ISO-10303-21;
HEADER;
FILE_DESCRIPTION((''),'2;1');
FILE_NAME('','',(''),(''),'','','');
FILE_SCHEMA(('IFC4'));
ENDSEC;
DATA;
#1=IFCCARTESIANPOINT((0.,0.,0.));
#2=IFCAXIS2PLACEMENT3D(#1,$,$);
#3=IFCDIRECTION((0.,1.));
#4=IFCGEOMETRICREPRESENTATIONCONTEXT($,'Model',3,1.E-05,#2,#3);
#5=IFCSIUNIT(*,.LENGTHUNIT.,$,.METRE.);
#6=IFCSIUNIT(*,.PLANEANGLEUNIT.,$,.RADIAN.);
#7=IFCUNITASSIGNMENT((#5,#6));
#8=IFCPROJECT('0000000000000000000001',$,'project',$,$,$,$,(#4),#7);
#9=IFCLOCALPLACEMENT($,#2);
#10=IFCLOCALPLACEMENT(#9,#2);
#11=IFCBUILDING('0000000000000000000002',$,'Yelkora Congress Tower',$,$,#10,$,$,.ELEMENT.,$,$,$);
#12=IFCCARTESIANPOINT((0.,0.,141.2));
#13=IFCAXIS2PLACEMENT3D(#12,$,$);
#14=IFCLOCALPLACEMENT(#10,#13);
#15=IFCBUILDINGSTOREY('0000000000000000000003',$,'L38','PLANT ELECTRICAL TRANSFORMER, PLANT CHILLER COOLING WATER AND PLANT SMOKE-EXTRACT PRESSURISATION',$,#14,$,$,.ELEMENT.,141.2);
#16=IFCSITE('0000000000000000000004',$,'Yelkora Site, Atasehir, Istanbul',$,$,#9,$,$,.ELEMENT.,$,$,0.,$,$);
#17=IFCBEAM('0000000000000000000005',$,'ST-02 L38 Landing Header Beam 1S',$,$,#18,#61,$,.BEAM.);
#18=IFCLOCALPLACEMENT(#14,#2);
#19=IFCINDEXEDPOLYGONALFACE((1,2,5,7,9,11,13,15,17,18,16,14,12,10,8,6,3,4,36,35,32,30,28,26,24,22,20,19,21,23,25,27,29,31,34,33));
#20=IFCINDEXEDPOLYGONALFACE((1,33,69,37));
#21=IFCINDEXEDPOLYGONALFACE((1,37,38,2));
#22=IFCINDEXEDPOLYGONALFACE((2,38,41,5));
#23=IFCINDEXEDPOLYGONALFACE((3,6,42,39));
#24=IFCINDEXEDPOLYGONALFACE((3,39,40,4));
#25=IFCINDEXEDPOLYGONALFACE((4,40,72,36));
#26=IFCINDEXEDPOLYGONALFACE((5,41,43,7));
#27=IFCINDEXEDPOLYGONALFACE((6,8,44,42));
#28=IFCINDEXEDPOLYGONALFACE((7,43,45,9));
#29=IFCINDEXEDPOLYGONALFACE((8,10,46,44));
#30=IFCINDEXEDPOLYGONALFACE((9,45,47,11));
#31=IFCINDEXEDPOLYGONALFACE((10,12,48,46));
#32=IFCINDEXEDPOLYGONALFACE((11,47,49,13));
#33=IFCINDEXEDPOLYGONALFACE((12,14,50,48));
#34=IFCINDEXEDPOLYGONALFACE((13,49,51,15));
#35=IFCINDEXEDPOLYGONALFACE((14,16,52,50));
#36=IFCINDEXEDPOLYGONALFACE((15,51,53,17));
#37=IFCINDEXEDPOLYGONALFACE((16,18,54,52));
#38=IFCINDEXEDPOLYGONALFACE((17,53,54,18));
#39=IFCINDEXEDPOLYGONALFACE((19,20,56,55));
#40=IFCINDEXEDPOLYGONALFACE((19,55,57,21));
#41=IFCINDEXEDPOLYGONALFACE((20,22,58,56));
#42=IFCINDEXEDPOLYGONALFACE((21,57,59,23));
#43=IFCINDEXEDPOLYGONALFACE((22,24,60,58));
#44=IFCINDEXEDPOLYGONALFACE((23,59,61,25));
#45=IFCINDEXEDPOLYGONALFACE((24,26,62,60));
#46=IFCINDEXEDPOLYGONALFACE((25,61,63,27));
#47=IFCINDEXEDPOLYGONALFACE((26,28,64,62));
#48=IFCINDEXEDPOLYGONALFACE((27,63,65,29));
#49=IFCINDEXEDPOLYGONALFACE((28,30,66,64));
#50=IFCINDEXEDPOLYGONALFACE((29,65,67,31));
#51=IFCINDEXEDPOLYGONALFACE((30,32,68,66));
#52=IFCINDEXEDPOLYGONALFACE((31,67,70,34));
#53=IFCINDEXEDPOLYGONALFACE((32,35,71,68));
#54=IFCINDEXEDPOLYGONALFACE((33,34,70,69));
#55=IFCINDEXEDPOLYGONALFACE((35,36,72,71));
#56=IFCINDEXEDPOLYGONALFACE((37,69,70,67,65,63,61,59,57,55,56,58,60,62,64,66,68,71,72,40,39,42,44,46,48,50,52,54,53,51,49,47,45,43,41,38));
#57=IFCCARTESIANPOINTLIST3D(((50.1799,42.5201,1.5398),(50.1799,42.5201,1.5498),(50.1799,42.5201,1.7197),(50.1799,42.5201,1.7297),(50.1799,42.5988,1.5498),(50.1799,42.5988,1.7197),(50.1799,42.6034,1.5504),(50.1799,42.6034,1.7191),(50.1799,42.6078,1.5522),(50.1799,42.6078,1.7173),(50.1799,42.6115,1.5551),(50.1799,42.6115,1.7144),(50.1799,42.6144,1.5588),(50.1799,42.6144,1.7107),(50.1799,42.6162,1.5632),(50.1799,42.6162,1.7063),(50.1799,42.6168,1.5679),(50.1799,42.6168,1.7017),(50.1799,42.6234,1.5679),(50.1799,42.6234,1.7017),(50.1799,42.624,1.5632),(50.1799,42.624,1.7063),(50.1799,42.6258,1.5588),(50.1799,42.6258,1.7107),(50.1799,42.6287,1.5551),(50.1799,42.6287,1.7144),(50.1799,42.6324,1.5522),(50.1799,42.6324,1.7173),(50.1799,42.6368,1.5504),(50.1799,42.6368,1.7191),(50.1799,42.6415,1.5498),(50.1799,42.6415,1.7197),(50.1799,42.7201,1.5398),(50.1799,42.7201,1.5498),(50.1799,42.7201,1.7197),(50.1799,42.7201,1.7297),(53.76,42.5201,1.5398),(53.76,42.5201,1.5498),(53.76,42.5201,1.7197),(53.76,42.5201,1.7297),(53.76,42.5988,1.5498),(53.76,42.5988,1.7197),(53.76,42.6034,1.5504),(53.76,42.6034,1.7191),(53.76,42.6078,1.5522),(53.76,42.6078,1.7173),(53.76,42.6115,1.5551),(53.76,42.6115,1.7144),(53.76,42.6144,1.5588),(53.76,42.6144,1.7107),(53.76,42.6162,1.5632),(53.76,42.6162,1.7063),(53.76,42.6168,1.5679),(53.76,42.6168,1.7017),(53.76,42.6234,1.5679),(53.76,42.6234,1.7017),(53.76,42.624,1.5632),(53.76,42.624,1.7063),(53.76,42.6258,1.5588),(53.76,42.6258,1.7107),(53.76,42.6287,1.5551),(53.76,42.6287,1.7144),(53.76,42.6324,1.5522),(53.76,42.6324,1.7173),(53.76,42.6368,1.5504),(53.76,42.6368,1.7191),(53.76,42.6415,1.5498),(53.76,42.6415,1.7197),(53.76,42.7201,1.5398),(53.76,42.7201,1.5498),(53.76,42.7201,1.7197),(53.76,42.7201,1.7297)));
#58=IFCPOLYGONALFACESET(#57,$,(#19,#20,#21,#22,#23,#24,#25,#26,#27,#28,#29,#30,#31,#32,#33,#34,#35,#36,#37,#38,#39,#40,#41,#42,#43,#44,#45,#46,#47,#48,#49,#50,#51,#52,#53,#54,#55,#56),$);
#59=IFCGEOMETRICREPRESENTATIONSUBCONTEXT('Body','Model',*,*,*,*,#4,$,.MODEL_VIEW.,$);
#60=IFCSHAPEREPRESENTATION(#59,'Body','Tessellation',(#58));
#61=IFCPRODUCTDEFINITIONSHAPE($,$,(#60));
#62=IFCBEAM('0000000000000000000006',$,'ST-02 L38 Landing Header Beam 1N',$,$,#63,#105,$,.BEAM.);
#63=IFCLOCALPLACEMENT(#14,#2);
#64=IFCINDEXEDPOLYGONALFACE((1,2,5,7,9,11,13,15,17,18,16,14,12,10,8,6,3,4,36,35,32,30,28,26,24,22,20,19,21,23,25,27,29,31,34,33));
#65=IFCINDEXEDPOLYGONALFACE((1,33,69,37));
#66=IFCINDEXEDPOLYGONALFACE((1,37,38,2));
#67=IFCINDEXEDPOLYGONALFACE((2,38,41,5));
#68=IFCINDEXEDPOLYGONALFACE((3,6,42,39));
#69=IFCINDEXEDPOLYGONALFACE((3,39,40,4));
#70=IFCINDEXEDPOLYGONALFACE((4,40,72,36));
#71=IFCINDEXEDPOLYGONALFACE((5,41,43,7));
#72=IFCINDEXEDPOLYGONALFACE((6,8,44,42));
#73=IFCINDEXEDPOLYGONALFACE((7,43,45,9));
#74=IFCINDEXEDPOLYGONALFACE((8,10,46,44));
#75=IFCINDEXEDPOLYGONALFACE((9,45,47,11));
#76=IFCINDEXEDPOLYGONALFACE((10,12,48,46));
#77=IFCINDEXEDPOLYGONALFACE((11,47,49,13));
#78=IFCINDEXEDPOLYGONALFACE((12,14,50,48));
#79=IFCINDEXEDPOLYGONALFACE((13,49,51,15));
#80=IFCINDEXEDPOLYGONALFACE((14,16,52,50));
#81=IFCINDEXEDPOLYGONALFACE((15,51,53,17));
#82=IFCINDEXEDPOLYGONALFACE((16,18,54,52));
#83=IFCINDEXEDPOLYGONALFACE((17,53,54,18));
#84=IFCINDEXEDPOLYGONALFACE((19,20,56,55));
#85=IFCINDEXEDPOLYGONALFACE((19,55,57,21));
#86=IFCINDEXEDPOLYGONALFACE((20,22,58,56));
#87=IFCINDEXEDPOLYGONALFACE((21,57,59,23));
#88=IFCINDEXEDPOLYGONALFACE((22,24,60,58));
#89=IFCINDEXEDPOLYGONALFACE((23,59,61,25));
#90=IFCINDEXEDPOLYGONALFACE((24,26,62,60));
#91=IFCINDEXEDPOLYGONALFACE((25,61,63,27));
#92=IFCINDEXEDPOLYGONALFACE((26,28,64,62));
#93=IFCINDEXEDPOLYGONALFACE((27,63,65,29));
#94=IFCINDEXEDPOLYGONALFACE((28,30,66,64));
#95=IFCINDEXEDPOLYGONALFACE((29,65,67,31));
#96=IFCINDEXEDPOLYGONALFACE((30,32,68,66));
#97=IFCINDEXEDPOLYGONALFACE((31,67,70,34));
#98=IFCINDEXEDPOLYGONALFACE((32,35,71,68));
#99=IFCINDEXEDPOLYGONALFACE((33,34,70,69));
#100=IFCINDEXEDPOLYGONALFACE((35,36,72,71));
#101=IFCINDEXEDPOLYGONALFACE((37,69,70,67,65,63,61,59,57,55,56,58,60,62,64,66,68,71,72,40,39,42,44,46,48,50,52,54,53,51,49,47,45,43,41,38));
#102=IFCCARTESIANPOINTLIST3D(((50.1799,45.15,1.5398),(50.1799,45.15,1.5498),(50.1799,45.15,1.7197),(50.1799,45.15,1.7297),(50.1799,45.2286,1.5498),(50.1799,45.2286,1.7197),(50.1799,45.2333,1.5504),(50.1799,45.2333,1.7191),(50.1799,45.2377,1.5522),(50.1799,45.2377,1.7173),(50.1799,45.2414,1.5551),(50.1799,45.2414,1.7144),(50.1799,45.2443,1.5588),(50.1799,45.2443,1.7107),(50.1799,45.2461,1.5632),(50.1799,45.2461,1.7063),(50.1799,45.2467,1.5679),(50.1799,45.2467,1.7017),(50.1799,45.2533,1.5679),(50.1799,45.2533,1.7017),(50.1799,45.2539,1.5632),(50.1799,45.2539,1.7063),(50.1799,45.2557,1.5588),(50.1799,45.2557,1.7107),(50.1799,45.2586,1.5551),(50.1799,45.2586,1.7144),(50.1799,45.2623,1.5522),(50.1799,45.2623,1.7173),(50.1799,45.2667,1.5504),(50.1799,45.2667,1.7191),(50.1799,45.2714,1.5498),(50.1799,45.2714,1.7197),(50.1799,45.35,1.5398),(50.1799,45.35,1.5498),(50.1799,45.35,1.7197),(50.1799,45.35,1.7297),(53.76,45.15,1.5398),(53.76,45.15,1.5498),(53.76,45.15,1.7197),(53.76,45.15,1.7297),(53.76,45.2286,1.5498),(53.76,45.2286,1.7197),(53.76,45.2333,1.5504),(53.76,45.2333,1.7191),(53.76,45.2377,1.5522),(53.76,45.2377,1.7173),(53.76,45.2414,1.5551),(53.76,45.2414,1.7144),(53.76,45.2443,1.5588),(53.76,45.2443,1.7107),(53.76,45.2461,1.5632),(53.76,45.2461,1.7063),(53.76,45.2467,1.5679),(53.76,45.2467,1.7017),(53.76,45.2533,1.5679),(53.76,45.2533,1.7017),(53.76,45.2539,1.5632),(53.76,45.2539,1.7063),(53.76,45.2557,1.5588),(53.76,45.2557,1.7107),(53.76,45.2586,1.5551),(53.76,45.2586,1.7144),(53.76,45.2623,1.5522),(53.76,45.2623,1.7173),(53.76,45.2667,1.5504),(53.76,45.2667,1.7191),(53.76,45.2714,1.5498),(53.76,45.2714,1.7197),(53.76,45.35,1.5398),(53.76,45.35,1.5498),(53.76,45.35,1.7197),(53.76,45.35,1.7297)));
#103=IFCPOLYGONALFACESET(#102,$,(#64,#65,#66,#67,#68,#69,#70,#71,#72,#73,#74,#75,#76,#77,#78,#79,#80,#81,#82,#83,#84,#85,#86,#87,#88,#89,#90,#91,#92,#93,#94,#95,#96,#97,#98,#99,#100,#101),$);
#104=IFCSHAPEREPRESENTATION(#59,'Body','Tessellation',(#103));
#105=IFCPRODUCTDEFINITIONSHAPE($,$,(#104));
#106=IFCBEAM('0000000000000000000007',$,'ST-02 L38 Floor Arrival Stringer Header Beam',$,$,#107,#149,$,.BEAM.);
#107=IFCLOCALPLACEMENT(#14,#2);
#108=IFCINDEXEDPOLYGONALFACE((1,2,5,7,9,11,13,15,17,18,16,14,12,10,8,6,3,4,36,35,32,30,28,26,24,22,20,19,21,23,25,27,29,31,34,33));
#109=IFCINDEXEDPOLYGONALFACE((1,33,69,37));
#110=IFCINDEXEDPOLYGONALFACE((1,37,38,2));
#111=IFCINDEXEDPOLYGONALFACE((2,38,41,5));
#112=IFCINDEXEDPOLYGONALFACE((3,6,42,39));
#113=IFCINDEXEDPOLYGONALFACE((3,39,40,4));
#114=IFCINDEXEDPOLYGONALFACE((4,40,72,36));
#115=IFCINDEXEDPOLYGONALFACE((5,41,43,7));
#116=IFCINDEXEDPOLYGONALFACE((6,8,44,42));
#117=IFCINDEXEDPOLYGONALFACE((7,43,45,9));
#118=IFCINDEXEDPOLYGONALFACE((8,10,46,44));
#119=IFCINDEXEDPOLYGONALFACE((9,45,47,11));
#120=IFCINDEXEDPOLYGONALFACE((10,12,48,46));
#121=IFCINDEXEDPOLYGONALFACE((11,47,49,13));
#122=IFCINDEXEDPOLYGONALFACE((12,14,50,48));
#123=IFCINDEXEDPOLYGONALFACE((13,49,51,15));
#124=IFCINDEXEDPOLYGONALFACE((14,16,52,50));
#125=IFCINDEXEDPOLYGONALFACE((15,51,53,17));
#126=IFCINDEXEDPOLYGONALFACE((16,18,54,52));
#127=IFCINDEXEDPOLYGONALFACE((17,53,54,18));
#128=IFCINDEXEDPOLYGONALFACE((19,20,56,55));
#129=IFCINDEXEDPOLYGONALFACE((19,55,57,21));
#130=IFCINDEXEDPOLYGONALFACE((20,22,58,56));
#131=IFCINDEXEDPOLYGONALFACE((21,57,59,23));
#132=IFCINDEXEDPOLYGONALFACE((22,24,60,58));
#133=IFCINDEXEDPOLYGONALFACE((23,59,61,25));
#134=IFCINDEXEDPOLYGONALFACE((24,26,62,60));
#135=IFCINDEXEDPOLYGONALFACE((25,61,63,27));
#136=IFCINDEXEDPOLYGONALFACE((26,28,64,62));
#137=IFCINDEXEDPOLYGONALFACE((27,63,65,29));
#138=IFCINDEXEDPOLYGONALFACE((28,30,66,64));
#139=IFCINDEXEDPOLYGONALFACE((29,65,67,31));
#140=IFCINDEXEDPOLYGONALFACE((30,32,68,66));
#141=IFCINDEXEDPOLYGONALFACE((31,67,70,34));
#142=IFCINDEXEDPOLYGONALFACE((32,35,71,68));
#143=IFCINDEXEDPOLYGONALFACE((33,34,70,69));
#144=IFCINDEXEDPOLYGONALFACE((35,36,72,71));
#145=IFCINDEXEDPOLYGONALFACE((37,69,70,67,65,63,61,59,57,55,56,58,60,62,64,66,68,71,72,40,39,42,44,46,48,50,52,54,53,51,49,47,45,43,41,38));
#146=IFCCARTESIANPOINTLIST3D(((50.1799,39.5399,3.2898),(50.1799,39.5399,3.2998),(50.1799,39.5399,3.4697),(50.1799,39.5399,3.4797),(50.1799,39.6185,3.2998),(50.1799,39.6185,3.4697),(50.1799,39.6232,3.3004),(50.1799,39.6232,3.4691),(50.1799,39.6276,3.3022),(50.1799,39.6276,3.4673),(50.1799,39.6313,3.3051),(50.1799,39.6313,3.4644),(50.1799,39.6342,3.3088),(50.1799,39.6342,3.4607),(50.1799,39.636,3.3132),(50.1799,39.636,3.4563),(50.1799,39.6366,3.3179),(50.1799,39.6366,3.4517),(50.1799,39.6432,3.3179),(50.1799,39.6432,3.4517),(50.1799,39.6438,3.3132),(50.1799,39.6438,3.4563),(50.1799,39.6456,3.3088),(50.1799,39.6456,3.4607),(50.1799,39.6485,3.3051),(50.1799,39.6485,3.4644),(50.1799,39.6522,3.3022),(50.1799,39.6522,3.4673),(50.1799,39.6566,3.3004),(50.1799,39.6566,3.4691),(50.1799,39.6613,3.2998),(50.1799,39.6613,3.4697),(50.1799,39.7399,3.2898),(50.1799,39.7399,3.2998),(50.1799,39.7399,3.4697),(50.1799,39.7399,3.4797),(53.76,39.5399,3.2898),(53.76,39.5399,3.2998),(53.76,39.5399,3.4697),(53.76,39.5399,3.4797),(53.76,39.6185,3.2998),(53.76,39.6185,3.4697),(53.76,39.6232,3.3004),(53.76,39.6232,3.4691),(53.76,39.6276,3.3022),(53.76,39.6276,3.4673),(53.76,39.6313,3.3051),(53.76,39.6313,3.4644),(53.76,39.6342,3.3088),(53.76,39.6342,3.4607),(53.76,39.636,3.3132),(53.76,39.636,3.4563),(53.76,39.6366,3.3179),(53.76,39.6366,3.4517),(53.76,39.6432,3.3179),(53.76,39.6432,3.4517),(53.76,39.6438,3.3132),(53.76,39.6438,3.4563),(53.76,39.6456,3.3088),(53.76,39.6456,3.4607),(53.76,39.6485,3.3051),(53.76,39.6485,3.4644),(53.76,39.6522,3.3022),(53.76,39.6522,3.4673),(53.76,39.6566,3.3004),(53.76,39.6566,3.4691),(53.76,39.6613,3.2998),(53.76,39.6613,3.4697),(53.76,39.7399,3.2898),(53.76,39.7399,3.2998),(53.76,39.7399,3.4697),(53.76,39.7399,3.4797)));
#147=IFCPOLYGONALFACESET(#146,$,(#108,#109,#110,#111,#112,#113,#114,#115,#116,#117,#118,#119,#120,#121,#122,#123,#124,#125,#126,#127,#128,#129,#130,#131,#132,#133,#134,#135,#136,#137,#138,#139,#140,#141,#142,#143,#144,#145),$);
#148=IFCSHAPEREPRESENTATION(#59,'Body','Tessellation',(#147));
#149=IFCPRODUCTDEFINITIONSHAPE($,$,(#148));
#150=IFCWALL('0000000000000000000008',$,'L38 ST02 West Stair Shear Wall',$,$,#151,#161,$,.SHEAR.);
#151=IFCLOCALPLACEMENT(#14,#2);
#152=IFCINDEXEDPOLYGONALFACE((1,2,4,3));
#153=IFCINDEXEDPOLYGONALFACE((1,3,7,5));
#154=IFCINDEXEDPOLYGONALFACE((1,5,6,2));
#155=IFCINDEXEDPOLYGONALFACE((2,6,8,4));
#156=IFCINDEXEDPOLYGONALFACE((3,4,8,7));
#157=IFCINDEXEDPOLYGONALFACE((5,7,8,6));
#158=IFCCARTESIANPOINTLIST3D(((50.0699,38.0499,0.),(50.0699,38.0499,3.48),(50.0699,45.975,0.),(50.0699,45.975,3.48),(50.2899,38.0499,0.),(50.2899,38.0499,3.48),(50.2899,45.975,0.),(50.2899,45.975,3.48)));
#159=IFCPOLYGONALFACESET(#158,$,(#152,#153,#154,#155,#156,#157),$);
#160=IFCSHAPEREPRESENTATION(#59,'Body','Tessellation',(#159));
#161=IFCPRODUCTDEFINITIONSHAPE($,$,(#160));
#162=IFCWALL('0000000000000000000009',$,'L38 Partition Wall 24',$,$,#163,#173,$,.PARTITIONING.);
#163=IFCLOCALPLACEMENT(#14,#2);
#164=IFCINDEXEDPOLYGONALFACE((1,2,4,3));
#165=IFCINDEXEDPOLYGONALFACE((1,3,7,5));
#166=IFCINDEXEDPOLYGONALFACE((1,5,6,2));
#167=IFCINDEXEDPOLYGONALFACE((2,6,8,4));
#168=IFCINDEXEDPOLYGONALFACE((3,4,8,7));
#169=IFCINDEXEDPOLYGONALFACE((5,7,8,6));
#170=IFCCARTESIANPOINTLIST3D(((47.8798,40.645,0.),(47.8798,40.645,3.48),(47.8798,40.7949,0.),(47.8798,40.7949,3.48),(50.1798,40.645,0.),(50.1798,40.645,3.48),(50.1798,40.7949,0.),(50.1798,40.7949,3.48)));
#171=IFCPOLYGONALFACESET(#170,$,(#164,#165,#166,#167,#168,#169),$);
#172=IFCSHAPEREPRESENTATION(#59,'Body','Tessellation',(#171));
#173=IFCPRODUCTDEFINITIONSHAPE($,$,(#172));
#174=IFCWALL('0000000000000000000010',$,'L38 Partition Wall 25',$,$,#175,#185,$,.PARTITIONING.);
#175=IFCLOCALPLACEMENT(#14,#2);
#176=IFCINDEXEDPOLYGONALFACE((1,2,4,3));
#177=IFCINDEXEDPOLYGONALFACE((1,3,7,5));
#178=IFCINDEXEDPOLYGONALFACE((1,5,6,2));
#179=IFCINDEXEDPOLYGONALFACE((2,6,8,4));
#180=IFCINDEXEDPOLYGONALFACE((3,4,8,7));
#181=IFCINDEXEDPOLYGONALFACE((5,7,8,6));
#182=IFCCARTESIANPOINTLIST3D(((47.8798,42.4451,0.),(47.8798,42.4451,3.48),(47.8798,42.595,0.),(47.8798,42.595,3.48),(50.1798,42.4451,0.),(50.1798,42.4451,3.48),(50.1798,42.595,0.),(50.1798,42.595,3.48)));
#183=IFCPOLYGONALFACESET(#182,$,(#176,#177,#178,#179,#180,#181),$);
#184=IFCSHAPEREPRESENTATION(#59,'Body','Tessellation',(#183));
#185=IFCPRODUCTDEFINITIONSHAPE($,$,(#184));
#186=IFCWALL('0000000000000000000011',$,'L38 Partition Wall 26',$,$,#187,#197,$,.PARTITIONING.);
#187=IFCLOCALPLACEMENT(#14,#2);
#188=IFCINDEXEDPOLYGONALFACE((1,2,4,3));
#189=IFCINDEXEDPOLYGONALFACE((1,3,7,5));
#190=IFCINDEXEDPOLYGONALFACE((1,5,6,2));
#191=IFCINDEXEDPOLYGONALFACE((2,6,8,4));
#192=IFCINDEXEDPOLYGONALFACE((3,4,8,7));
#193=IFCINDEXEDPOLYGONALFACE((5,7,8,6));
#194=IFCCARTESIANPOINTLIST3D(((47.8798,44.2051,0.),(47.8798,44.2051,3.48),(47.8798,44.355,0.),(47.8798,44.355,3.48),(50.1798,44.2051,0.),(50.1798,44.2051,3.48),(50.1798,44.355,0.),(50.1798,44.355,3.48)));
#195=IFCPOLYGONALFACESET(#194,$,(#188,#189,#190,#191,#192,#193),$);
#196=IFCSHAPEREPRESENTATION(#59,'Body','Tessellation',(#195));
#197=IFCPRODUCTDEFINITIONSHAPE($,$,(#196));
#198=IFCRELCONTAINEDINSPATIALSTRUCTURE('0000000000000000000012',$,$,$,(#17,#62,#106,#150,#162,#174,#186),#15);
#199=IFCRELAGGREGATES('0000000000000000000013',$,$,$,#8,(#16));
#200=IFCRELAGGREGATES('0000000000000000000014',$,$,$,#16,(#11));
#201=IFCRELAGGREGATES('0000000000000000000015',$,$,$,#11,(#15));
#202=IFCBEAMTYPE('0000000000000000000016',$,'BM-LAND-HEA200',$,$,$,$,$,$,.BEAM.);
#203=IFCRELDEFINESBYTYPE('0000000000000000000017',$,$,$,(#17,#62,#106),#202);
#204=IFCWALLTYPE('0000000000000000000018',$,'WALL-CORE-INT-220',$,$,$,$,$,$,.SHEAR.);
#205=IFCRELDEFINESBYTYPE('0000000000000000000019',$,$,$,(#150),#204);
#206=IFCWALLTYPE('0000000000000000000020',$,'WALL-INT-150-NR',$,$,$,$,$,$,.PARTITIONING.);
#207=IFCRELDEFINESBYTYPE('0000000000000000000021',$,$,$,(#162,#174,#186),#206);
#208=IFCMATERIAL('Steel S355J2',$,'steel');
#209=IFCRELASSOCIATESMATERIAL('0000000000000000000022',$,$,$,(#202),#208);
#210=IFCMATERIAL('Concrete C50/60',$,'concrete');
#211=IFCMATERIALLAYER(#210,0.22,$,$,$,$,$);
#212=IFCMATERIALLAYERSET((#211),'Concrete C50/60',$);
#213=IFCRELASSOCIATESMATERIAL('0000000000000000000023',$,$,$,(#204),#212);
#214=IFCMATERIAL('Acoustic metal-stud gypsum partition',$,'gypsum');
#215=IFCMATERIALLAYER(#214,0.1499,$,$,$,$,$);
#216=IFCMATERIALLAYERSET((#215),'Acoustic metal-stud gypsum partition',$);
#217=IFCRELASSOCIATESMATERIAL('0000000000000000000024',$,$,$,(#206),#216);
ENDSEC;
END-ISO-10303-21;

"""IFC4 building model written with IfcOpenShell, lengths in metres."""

from ifc_helpers import new_model, si_unit, direction, frame, frame_2d, origin, origin_2d, place, context, subcontext, project, spatial, rectangle, i_section, extrude, material, layer, layer_set, material_profile, profile_set, type_object, element, save


model = new_model("IFC4")

# Units and contexts
model_context = context("Model", 3, precision=1e-05, world=origin(), true_north=direction((0.0, 1.0)))
body_context = subcontext(model_context, "Body", "Model", "MODEL_VIEW")
ifc_project = project(units=[si_unit("LENGTHUNIT", "METRE"), si_unit("PLANEANGLEUNIT", "RADIAN")], contexts=[model_context])

# Site, building, storey
site_placement = place(None, origin())
site = spatial("IfcSite", under=ifc_project, at=site_placement, Name="Yelkora Site, Atasehir, Istanbul", CompositionType="ELEMENT", RefElevation=0.0)
building_placement = place(site_placement, origin())
building = spatial("IfcBuilding", under=site, at=building_placement, Name="Yelkora Congress Tower", CompositionType="ELEMENT")
storey_placement = place(building_placement, frame((0.0, 0.0, 141.2)))
storey = spatial("IfcBuildingStorey", under=building, at=storey_placement, Name="L38", Description="PLANT ELECTRICAL TRANSFORMER, PLANT CHILLER COOLING WATER AND PLANT SMOKE-EXTRACT PRESSURISATION", CompositionType="ELEMENT", Elevation=141.2)

# Beams
ifc_material_1 = material(Name="Steel S355J2", Category="steel")
ifc_material_profile = material_profile(ifc_material_1, i_section(OverallWidth=0.2, OverallDepth=0.1899, WebThickness=0.0066, FlangeThickness=0.01, FilletRadius=0.0181, at=origin_2d()), Name="HEA 200")
ifc_profile_set = profile_set([ifc_material_profile], Name="Steel S355J2")
beam_type = type_object("IfcBeamType", Name="BM-LAND-HEA200", PredefinedType="BEAM", material=ifc_profile_set)
for number, where, z_axis, x_axis, name in (
    (1, (50.1799, 42.6201, 1.6348), (1.0, 0.0, 0.0), (0.0, 1.0, 0.0), "ST-02 L38 Landing Header Beam 1S"),
    (2, (50.1799, 45.25, 1.6348), (1.0, 0.0, 0.0), (0.0, 1.0, 0.0), "ST-02 L38 Landing Header Beam 1N"),
    (3, (50.1799, 39.6399, 3.3848), (1.0, 0.0, 0.0), (0.0, 1.0, 0.0), "ST-02 L38 Floor Arrival Stringer Header Beam"),
):
    element("IfcBeam", number, at=place(storey_placement, frame(where, z_axis=z_axis, x_axis=x_axis)), inside=storey, type_object=beam_type, Name=name, PredefinedType="BEAM", context=body_context, shape_type="SweptSolid", body=[
        extrude(i_section(OverallWidth=0.2, OverallDepth=0.1899, WebThickness=0.0066, FlangeThickness=0.01, FilletRadius=0.0181, at=origin_2d()), origin(), (0.0, 0.0, 1.0), 3.5801),
    ])

# Walls
ifc_material_2 = material(Name="Concrete C50/60", Category="concrete")
ifc_layer_1 = layer(ifc_material_2, 0.22)
ifc_layer_set_1 = layer_set([ifc_layer_1], Name="Concrete C50/60")
wall_type_1 = type_object("IfcWallType", Name="WALL-CORE-INT-220", PredefinedType="SHEAR", material=ifc_layer_set_1)
wall_1_placement = place(storey_placement, frame((50.1799, 38.05, 0.0), z_axis=(0.0, 0.0, 1.0), x_axis=(0.0, 1.0, 0.0)))
element("IfcWall", 4, at=wall_1_placement, inside=storey, type_object=wall_type_1, Name="L38 ST02 West Stair Shear Wall", PredefinedType="SHEAR", context=body_context, shape_type="SweptSolid", body=[
    extrude(rectangle(XDim=7.925, YDim=0.22, at=frame_2d((3.9624, 0.0))), origin(), (0.0, 0.0, 1.0), 3.48),
])
ifc_material_3 = material(Name="Acoustic metal-stud gypsum partition", Category="gypsum")
ifc_layer_2 = layer(ifc_material_3, 0.1499)
ifc_layer_set_2 = layer_set([ifc_layer_2], Name="Acoustic metal-stud gypsum partition")
wall_type_2 = type_object("IfcWallType", Name="WALL-INT-150-NR", PredefinedType="PARTITIONING", material=ifc_layer_set_2)
for number, where, z_axis, x_axis, name in (
    (5, (47.8799, 40.72, 0.0), (0.0, 0.0, 1.0), (1.0, 0.0, 0.0), "L38 Partition Wall 24"),
    (6, (47.8799, 42.52, 0.0), (0.0, 0.0, 1.0), (1.0, 0.0, 0.0), "L38 Partition Wall 25"),
    (7, (47.8799, 44.28, 0.0), (0.0, 0.0, 1.0), (1.0, 0.0, 0.0), "L38 Partition Wall 26"),
):
    element("IfcWall", number, at=place(storey_placement, frame(where, z_axis=z_axis, x_axis=x_axis)), inside=storey, type_object=wall_type_2, Name=name, PredefinedType="PARTITIONING", context=body_context, shape_type="SweptSolid", body=[
        extrude(rectangle(XDim=2.3, YDim=0.1499, at=frame_2d((1.1499, 0.0))), origin(), (0.0, 0.0, 1.0), 3.48),
    ])

save(model, "model.ifc")
